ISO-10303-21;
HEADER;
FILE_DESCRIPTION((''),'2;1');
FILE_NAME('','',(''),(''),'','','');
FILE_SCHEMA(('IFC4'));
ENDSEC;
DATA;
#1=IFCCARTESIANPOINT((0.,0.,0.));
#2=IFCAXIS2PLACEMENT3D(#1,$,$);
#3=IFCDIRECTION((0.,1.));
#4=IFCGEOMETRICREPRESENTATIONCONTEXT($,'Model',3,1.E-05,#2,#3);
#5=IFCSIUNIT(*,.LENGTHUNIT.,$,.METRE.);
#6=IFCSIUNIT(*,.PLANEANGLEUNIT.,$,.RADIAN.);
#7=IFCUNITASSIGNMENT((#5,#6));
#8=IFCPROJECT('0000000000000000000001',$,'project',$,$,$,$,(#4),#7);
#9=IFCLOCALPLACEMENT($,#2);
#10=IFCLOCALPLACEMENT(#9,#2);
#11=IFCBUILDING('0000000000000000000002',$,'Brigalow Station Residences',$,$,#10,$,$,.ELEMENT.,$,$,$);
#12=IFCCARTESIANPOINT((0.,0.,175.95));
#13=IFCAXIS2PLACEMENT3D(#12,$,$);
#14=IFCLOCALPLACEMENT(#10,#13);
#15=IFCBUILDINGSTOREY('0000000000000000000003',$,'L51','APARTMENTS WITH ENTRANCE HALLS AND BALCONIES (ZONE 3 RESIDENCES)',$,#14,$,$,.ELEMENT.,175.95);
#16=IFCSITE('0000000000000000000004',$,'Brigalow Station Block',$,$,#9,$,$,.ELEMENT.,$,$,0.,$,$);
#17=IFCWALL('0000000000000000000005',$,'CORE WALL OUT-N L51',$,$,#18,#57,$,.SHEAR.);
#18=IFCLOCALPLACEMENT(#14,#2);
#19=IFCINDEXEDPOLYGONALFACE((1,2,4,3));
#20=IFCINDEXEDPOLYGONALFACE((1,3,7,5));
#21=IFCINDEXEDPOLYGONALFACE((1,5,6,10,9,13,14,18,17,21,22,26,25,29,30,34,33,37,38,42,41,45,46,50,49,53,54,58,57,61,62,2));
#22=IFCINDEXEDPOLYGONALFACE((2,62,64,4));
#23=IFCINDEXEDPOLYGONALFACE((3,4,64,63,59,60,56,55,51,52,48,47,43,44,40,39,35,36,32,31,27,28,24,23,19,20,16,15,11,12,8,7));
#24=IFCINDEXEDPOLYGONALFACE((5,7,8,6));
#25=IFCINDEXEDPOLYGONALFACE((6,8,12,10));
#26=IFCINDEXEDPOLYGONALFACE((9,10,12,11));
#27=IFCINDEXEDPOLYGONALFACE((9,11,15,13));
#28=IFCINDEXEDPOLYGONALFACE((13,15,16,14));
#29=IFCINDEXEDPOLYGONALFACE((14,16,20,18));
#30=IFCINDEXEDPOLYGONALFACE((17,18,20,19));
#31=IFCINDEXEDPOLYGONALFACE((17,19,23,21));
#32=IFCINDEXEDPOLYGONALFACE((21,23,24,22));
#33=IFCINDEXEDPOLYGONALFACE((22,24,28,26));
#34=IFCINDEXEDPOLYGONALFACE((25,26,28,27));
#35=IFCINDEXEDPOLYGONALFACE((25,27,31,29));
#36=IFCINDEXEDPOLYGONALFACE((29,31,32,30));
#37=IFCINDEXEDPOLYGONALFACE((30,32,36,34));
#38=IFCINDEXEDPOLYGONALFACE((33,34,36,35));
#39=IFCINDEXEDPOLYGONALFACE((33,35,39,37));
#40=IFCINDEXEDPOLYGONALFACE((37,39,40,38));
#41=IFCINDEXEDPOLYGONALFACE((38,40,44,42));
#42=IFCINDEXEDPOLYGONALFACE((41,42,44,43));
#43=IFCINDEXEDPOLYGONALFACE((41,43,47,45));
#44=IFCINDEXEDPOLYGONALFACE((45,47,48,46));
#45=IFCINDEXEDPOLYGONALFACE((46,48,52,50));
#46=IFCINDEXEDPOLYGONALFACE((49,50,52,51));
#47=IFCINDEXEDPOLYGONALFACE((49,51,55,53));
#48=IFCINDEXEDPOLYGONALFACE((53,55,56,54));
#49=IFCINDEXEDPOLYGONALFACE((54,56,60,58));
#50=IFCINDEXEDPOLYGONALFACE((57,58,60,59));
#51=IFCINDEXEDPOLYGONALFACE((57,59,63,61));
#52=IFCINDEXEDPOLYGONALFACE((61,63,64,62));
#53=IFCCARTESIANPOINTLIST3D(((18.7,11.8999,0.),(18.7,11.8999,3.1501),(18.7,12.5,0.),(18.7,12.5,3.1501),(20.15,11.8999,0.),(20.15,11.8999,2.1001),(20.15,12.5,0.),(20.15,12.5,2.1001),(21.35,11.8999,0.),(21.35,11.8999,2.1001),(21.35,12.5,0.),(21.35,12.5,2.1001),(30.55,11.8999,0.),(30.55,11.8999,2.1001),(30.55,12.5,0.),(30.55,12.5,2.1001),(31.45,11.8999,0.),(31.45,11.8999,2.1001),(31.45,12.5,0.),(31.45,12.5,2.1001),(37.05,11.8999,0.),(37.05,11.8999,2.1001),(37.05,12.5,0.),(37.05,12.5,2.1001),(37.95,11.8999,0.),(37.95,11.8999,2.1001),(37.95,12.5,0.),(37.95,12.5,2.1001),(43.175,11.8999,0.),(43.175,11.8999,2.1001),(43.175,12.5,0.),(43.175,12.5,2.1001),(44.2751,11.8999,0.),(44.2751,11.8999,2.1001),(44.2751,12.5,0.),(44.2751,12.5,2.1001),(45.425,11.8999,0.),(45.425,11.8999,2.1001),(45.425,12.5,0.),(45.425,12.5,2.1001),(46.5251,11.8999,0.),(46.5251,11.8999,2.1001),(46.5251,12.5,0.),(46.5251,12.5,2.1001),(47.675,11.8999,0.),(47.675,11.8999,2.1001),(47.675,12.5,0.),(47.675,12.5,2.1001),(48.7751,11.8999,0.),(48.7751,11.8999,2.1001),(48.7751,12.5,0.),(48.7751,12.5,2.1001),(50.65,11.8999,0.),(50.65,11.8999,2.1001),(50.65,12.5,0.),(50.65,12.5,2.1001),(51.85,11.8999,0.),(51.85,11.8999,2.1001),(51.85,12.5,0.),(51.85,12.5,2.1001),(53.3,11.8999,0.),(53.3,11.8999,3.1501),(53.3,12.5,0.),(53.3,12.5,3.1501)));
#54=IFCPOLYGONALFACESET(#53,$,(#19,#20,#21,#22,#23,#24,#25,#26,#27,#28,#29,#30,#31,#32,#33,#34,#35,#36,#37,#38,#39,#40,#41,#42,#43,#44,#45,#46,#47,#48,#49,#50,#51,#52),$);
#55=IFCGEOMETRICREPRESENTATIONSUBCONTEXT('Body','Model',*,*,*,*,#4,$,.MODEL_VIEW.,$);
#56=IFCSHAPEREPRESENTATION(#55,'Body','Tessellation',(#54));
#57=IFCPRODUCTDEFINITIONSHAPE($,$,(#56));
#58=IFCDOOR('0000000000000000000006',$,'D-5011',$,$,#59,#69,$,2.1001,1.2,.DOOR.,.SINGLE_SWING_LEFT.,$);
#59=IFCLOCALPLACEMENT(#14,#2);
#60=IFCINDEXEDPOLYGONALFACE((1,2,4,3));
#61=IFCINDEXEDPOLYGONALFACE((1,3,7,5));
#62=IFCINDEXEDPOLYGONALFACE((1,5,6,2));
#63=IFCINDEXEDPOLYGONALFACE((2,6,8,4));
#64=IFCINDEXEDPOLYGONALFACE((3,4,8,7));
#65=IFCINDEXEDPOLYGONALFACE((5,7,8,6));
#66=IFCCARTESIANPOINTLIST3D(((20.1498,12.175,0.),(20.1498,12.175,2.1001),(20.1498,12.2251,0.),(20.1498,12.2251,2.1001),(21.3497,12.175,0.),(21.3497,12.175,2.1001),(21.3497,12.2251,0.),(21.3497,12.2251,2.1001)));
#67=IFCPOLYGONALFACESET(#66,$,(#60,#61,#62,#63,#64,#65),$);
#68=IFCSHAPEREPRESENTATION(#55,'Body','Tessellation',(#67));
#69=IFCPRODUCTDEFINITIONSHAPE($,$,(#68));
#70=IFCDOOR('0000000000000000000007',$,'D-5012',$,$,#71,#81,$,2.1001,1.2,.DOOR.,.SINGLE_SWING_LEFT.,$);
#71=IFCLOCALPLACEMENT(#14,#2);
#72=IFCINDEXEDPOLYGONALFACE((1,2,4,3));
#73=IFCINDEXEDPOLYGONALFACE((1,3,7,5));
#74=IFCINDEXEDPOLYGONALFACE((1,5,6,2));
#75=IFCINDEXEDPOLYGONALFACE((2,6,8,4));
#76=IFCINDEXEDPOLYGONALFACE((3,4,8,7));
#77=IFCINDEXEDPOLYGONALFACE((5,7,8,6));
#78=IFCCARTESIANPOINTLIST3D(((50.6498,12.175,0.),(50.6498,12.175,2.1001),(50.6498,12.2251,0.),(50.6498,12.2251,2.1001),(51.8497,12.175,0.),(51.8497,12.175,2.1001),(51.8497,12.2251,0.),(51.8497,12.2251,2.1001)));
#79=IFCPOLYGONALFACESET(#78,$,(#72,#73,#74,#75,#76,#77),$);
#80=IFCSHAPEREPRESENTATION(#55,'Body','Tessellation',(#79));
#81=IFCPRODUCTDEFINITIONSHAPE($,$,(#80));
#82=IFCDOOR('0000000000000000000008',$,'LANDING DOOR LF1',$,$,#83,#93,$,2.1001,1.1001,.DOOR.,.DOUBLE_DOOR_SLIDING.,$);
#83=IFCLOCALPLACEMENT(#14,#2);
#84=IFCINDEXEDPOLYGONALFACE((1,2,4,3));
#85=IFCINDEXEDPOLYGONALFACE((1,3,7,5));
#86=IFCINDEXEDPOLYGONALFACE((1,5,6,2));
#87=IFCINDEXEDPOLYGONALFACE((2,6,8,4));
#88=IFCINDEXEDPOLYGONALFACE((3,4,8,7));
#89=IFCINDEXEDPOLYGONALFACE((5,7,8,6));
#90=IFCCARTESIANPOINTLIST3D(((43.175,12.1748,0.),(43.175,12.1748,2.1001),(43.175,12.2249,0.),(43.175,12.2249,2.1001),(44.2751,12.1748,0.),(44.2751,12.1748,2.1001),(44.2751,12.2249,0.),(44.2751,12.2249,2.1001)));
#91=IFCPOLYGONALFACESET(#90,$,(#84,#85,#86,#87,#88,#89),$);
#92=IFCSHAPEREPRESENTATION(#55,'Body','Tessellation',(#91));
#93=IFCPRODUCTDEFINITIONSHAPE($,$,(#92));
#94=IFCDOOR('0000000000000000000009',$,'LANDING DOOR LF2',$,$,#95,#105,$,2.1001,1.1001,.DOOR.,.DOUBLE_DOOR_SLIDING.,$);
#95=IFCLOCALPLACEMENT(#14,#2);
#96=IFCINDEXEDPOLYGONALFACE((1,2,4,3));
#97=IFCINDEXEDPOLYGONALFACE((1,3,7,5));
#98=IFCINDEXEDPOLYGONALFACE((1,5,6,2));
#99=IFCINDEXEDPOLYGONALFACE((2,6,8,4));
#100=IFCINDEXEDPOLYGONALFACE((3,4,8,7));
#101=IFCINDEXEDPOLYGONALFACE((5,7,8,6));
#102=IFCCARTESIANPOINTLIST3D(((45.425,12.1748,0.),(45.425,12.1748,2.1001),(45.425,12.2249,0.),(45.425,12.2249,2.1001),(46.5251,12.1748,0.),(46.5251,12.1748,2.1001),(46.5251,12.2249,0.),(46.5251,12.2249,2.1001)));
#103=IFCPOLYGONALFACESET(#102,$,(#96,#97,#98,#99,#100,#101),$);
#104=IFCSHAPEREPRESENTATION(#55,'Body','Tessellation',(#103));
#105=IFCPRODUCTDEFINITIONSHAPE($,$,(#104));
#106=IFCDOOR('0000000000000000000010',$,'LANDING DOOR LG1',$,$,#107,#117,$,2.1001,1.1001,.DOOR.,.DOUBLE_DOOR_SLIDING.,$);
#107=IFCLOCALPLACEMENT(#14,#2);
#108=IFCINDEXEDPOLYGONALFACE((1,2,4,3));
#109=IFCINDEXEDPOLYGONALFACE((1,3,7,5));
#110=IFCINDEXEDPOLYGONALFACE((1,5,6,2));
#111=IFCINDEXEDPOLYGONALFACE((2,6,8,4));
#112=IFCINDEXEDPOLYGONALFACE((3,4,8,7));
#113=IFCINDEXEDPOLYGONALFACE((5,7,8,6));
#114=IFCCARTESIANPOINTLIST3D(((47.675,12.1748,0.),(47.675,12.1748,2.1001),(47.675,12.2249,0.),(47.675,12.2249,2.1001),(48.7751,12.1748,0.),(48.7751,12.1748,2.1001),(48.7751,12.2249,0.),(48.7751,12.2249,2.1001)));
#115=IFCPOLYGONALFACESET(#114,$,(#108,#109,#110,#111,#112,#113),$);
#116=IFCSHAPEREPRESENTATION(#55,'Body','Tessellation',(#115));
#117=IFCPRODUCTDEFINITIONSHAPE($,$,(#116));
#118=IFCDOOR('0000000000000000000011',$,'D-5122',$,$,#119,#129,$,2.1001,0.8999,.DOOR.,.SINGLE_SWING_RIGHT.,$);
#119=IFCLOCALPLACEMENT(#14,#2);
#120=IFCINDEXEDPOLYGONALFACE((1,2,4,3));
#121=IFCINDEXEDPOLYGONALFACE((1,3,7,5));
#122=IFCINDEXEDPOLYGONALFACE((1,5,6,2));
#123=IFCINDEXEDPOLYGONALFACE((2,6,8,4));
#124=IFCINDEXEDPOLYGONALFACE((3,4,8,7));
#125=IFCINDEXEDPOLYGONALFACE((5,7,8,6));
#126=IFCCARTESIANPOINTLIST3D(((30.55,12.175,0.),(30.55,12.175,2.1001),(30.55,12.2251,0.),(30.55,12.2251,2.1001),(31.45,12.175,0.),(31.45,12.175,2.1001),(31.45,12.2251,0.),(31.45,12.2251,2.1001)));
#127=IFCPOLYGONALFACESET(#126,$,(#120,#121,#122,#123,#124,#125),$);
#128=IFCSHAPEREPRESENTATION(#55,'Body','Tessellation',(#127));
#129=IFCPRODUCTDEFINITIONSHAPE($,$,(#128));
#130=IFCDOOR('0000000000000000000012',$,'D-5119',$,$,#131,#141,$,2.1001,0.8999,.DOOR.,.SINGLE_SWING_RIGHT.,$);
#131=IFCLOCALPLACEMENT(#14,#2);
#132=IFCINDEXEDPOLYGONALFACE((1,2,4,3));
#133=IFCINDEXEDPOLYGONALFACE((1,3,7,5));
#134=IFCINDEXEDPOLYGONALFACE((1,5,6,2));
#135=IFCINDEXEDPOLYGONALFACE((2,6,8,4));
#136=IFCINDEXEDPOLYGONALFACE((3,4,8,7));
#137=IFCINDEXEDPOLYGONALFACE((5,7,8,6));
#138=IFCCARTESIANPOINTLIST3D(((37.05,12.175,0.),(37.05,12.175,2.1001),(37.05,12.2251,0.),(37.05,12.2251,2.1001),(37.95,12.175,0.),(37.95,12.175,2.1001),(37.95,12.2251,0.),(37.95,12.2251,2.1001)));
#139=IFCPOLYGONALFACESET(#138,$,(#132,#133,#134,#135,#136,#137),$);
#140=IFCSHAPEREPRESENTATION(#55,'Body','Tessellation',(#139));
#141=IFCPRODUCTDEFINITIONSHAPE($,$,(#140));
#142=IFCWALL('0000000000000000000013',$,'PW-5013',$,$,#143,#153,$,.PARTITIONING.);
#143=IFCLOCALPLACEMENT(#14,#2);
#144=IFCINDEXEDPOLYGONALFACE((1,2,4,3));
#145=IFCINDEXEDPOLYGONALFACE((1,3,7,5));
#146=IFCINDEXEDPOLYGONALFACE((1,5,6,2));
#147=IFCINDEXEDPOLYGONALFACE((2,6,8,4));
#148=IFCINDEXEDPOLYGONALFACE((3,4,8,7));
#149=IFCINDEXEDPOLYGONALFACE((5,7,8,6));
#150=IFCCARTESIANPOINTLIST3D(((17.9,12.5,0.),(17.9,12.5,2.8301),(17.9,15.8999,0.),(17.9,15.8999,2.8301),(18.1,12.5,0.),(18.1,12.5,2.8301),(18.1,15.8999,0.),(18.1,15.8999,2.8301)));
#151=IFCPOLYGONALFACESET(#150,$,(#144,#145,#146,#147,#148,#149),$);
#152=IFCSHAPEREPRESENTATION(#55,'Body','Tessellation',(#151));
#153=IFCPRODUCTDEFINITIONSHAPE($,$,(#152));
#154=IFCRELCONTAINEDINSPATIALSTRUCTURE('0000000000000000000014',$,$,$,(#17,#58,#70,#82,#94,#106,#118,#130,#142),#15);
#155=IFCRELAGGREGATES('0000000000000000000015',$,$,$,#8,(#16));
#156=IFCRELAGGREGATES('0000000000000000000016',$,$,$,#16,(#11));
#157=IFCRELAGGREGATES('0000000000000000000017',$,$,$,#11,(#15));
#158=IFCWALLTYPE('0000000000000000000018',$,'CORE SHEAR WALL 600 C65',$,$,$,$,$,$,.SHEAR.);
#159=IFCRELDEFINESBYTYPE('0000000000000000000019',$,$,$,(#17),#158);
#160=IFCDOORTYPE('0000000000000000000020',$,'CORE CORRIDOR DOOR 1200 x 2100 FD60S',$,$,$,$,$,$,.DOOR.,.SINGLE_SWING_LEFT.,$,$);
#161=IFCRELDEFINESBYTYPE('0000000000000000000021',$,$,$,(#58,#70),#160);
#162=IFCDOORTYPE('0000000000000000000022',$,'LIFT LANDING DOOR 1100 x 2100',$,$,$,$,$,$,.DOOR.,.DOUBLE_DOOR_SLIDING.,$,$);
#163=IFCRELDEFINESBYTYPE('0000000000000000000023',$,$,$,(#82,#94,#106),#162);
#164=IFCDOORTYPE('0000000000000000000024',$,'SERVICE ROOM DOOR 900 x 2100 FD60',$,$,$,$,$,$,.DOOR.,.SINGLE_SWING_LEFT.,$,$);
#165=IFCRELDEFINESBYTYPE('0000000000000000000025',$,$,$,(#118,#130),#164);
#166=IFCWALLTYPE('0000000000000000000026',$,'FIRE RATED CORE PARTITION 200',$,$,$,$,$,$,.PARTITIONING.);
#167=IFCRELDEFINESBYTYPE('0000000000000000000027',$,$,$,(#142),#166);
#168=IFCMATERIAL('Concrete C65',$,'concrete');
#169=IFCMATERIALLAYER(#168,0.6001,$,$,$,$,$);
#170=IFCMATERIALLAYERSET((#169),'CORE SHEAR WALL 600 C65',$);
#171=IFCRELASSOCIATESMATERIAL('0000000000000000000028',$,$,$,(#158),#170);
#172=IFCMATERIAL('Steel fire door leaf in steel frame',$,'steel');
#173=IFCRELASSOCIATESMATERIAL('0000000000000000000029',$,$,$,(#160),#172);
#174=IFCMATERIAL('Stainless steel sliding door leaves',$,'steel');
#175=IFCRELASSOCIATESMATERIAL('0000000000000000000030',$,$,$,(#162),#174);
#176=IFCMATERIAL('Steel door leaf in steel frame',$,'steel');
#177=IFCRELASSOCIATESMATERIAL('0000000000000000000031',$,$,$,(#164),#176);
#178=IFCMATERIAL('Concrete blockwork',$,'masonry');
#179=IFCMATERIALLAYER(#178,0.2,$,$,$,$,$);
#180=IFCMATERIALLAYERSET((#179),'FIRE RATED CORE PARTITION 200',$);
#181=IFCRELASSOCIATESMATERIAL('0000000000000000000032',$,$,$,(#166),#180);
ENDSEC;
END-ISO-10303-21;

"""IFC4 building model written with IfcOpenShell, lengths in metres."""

from ifc_helpers import new_model, si_unit, direction, frame, frame_2d, origin, place, context, subcontext, project, spatial, rectangle, extrude, material, layer, layer_set, type_object, element, fill, save


model = new_model("IFC4")

# Units and contexts
model_context = context("Model", 3, precision=1e-05, world=origin(), true_north=direction((0.0, 1.0)))
body_context = subcontext(model_context, "Body", "Model", "MODEL_VIEW")
ifc_project = project(units=[si_unit("LENGTHUNIT", "METRE"), si_unit("PLANEANGLEUNIT", "RADIAN")], contexts=[model_context])

# Site, building, storey
site_placement = place(None, origin())
site = spatial("IfcSite", under=ifc_project, at=site_placement, Name="Brigalow Station Block", CompositionType="ELEMENT", RefElevation=0.0)
building_placement = place(site_placement, origin())
building = spatial("IfcBuilding", under=site, at=building_placement, Name="Brigalow Station Residences", CompositionType="ELEMENT")
storey_placement = place(building_placement, frame((0.0, 0.0, 175.95)))
storey = spatial("IfcBuildingStorey", under=building, at=storey_placement, Name="L51", Description="APARTMENTS WITH ENTRANCE HALLS AND BALCONIES (ZONE 3 RESIDENCES)", CompositionType="ELEMENT", Elevation=175.95)

# Wall, openings, doors
ifc_material_1 = material(Name="Concrete C65", Category="concrete")
ifc_layer_1 = layer(ifc_material_1, 0.6001)
ifc_layer_set_1 = layer_set([ifc_layer_1], Name="CORE SHEAR WALL 600 C65")
wall_type_1 = type_object("IfcWallType", Name="CORE SHEAR WALL 600 C65", PredefinedType="SHEAR", material=ifc_layer_set_1)
wall_1_placement = place(storey_placement, frame((18.7, 12.2, 0.0), z_axis=(0.0, 0.0, 1.0), x_axis=(1.0, 0.0, 0.0)))
wall_1 = element("IfcWall", 1, at=wall_1_placement, inside=storey, type_object=wall_type_1, Name="CORE WALL OUT-N L51", PredefinedType="SHEAR", context=body_context, shape_type="SweptSolid", body=[
    extrude(rectangle(XDim=34.6001, YDim=0.6001, at=frame_2d((17.3, 0.0))), origin(), (0.0, 0.0, 1.0), 3.1501),
])
opening_1_placement = place(wall_1_placement, frame((24.4751, 0.0, 0.0)))
opening_1 = element("IfcOpeningElement", 2, at=opening_1_placement, cuts=wall_1, PredefinedType="OPENING", context=body_context, shape_type="SweptSolid", body=[
    extrude(rectangle(XDim=1.1001, YDim=2.1001, at=frame_2d((0.55, 1.05))), frame((0.0, 0.3101, 0.0), z_axis=(0.0, -1.0, 0.0), x_axis=(1.0, 0.0, 0.0)), (0.0, 0.0, 1.0), 0.6201),
])
opening_2_placement = place(wall_1_placement, frame((26.7251, 0.0, 0.0)))
opening_2 = element("IfcOpeningElement", 3, at=opening_2_placement, cuts=wall_1, PredefinedType="OPENING", context=body_context, shape_type="SweptSolid", body=[
    extrude(rectangle(XDim=1.1001, YDim=2.1001, at=frame_2d((0.55, 1.05))), frame((0.0, 0.3101, 0.0), z_axis=(0.0, -1.0, 0.0), x_axis=(1.0, 0.0, 0.0)), (0.0, 0.0, 1.0), 0.6201),
])
opening_3_placement = place(wall_1_placement, frame((28.9751, 0.0, 0.0)))
opening_3 = element("IfcOpeningElement", 4, at=opening_3_placement, cuts=wall_1, PredefinedType="OPENING", context=body_context, shape_type="SweptSolid", body=[
    extrude(rectangle(XDim=1.1001, YDim=2.1001, at=frame_2d((0.55, 1.05))), frame((0.0, 0.3101, 0.0), z_axis=(0.0, -1.0, 0.0), x_axis=(1.0, 0.0, 0.0)), (0.0, 0.0, 1.0), 0.6201),
])
opening_4_placement = place(wall_1_placement, frame((11.8501, 0.0, 0.0)))
opening_4 = element("IfcOpeningElement", 5, at=opening_4_placement, cuts=wall_1, PredefinedType="OPENING", context=body_context, shape_type="SweptSolid", body=[
    extrude(rectangle(XDim=0.8999, YDim=2.1001, at=frame_2d((0.45, 1.05))), frame((0.0, 0.3101, 0.0), z_axis=(0.0, -1.0, 0.0), x_axis=(1.0, 0.0, 0.0)), (0.0, 0.0, 1.0), 0.6201),
])
opening_5_placement = place(wall_1_placement, frame((18.3501, 0.0, 0.0)))
opening_5 = element("IfcOpeningElement", 6, at=opening_5_placement, cuts=wall_1, PredefinedType="OPENING", context=body_context, shape_type="SweptSolid", body=[
    extrude(rectangle(XDim=0.8999, YDim=2.1001, at=frame_2d((0.45, 1.05))), frame((0.0, 0.3101, 0.0), z_axis=(0.0, -1.0, 0.0), x_axis=(1.0, 0.0, 0.0)), (0.0, 0.0, 1.0), 0.6201),
])
opening_6_placement = place(wall_1_placement, frame((1.45, 0.0, 0.0)))
opening_6 = element("IfcOpeningElement", 7, at=opening_6_placement, cuts=wall_1, PredefinedType="OPENING", context=body_context, shape_type="SweptSolid", body=[
    extrude(rectangle(XDim=1.2, YDim=2.1001, at=frame_2d((0.6001, 1.05))), frame((0.0, 0.3101, 0.0), z_axis=(0.0, -1.0, 0.0), x_axis=(1.0, 0.0, 0.0)), (0.0, 0.0, 1.0), 0.6201),
])
opening_7_placement = place(wall_1_placement, frame((31.95, 0.0, 0.0)))
opening_7 = element("IfcOpeningElement", 8, at=opening_7_placement, cuts=wall_1, PredefinedType="OPENING", context=body_context, shape_type="SweptSolid", body=[
    extrude(rectangle(XDim=1.2, YDim=2.1001, at=frame_2d((0.6001, 1.05))), frame((0.0, 0.3101, 0.0), z_axis=(0.0, -1.0, 0.0), x_axis=(1.0, 0.0, 0.0)), (0.0, 0.0, 1.0), 0.6201),
])
ifc_material_2 = material(Name="Steel fire door leaf in steel frame", Category="steel")
door_type_1 = type_object("IfcDoorType", Name="CORE CORRIDOR DOOR 1200 x 2100 FD60S", OperationType="SINGLE_SWING_LEFT", PredefinedType="DOOR", material=ifc_material_2)
door_1_placement = place(opening_6_placement, frame((1.2, 0.0, 0.0), z_axis=(0.0, 0.0, 1.0), x_axis=(-1.0, 0.0, 0.0)))
door_1 = element("IfcDoor", 9, at=door_1_placement, inside=storey, type_object=door_type_1, Name="D-5011", OperationType="SINGLE_SWING_LEFT", OverallHeight=2.1001, OverallWidth=1.2, PredefinedType="DOOR", context=body_context, shape_type="SweptSolid", body=[
    extrude(rectangle(XDim=1.2, YDim=2.1001, at=frame_2d((0.6001, 1.05))), frame((0.0, 0.0249, 0.0), z_axis=(0.0, -1.0, 0.0), x_axis=(1.0, 0.0, 0.0)), (0.0, 0.0, 1.0), 0.05),
])
fill(opening_6, door_1)
door_2_placement = place(opening_7_placement, frame((1.2, 0.0, 0.0), z_axis=(0.0, 0.0, 1.0), x_axis=(-1.0, 0.0, 0.0)))
door_2 = element("IfcDoor", 10, at=door_2_placement, inside=storey, type_object=door_type_1, Name="D-5012", OperationType="SINGLE_SWING_LEFT", OverallHeight=2.1001, OverallWidth=1.2, PredefinedType="DOOR", context=body_context, shape_type="SweptSolid", body=[
    extrude(rectangle(XDim=1.2, YDim=2.1001, at=frame_2d((0.6001, 1.05))), frame((0.0, 0.0249, 0.0), z_axis=(0.0, -1.0, 0.0), x_axis=(1.0, 0.0, 0.0)), (0.0, 0.0, 1.0), 0.05),
])
fill(opening_7, door_2)
ifc_material_3 = material(Name="Stainless steel sliding door leaves", Category="steel")
door_type_2 = type_object("IfcDoorType", Name="LIFT LANDING DOOR 1100 x 2100", OperationType="DOUBLE_DOOR_SLIDING", PredefinedType="DOOR", material=ifc_material_3)
door_3_placement = place(opening_1_placement, origin())
door_3 = element("IfcDoor", 11, at=door_3_placement, inside=storey, type_object=door_type_2, Name="LANDING DOOR LF1", OperationType="DOUBLE_DOOR_SLIDING", OverallHeight=2.1001, OverallWidth=1.1001, PredefinedType="DOOR", context=body_context, shape_type="SweptSolid", body=[
    extrude(rectangle(XDim=1.1001, YDim=2.1001, at=frame_2d((0.55, 1.05))), frame((0.0, 0.0249, 0.0), z_axis=(0.0, -1.0, 0.0), x_axis=(1.0, 0.0, 0.0)), (0.0, 0.0, 1.0), 0.05),
])
fill(opening_1, door_3)
door_4_placement = place(opening_2_placement, origin())
door_4 = element("IfcDoor", 12, at=door_4_placement, inside=storey, type_object=door_type_2, Name="LANDING DOOR LF2", OperationType="DOUBLE_DOOR_SLIDING", OverallHeight=2.1001, OverallWidth=1.1001, PredefinedType="DOOR", context=body_context, shape_type="SweptSolid", body=[
    extrude(rectangle(XDim=1.1001, YDim=2.1001, at=frame_2d((0.55, 1.05))), frame((0.0, 0.0249, 0.0), z_axis=(0.0, -1.0, 0.0), x_axis=(1.0, 0.0, 0.0)), (0.0, 0.0, 1.0), 0.05),
])
fill(opening_2, door_4)
door_5_placement = place(opening_3_placement, origin())
door_5 = element("IfcDoor", 13, at=door_5_placement, inside=storey, type_object=door_type_2, Name="LANDING DOOR LG1", OperationType="DOUBLE_DOOR_SLIDING", OverallHeight=2.1001, OverallWidth=1.1001, PredefinedType="DOOR", context=body_context, shape_type="SweptSolid", body=[
    extrude(rectangle(XDim=1.1001, YDim=2.1001, at=frame_2d((0.55, 1.05))), frame((0.0, 0.0249, 0.0), z_axis=(0.0, -1.0, 0.0), x_axis=(1.0, 0.0, 0.0)), (0.0, 0.0, 1.0), 0.05),
])
fill(opening_3, door_5)
ifc_material_4 = material(Name="Steel door leaf in steel frame", Category="steel")
door_type_3 = type_object("IfcDoorType", Name="SERVICE ROOM DOOR 900 x 2100 FD60", OperationType="SINGLE_SWING_LEFT", PredefinedType="DOOR", material=ifc_material_4)
door_6_placement = place(opening_4_placement, frame((0.8999, 0.0, 0.0), z_axis=(0.0, 0.0, 1.0), x_axis=(-1.0, 0.0, 0.0)))
door_6 = element("IfcDoor", 14, at=door_6_placement, inside=storey, type_object=door_type_3, Name="D-5122", OperationType="SINGLE_SWING_RIGHT", OverallHeight=2.1001, OverallWidth=0.8999, PredefinedType="DOOR", context=body_context, shape_type="SweptSolid", body=[
    extrude(rectangle(XDim=0.8999, YDim=2.1001, at=frame_2d((0.45, 1.05))), frame((0.0, 0.0249, 0.0), z_axis=(0.0, -1.0, 0.0), x_axis=(1.0, 0.0, 0.0)), (0.0, 0.0, 1.0), 0.05),
])
fill(opening_4, door_6)
door_7_placement = place(opening_5_placement, frame((0.8999, 0.0, 0.0), z_axis=(0.0, 0.0, 1.0), x_axis=(-1.0, 0.0, 0.0)))
door_7 = element("IfcDoor", 15, at=door_7_placement, inside=storey, type_object=door_type_3, Name="D-5119", OperationType="SINGLE_SWING_RIGHT", OverallHeight=2.1001, OverallWidth=0.8999, PredefinedType="DOOR", context=body_context, shape_type="SweptSolid", body=[
    extrude(rectangle(XDim=0.8999, YDim=2.1001, at=frame_2d((0.45, 1.05))), frame((0.0, 0.0249, 0.0), z_axis=(0.0, -1.0, 0.0), x_axis=(1.0, 0.0, 0.0)), (0.0, 0.0, 1.0), 0.05),
])
fill(opening_5, door_7)

# Wall
ifc_material_5 = material(Name="Concrete blockwork", Category="masonry")
ifc_layer_2 = layer(ifc_material_5, 0.2)
ifc_layer_set_2 = layer_set([ifc_layer_2], Name="FIRE RATED CORE PARTITION 200")
wall_type_2 = type_object("IfcWallType", Name="FIRE RATED CORE PARTITION 200", PredefinedType="PARTITIONING", material=ifc_layer_set_2)
wall_2_placement = place(storey_placement, frame((18.0, 12.5, 0.0), z_axis=(0.0, 0.0, 1.0), x_axis=(0.0, 1.0, 0.0)))
element("IfcWall", 16, at=wall_2_placement, inside=storey, type_object=wall_type_2, Name="PW-5013", PredefinedType="PARTITIONING", context=body_context, shape_type="SweptSolid", body=[
    extrude(rectangle(XDim=3.3999, YDim=0.2, at=frame_2d((1.7, 0.0))), origin(), (0.0, 0.0, 1.0), 2.8301),
])

save(model, "model.ifc")
